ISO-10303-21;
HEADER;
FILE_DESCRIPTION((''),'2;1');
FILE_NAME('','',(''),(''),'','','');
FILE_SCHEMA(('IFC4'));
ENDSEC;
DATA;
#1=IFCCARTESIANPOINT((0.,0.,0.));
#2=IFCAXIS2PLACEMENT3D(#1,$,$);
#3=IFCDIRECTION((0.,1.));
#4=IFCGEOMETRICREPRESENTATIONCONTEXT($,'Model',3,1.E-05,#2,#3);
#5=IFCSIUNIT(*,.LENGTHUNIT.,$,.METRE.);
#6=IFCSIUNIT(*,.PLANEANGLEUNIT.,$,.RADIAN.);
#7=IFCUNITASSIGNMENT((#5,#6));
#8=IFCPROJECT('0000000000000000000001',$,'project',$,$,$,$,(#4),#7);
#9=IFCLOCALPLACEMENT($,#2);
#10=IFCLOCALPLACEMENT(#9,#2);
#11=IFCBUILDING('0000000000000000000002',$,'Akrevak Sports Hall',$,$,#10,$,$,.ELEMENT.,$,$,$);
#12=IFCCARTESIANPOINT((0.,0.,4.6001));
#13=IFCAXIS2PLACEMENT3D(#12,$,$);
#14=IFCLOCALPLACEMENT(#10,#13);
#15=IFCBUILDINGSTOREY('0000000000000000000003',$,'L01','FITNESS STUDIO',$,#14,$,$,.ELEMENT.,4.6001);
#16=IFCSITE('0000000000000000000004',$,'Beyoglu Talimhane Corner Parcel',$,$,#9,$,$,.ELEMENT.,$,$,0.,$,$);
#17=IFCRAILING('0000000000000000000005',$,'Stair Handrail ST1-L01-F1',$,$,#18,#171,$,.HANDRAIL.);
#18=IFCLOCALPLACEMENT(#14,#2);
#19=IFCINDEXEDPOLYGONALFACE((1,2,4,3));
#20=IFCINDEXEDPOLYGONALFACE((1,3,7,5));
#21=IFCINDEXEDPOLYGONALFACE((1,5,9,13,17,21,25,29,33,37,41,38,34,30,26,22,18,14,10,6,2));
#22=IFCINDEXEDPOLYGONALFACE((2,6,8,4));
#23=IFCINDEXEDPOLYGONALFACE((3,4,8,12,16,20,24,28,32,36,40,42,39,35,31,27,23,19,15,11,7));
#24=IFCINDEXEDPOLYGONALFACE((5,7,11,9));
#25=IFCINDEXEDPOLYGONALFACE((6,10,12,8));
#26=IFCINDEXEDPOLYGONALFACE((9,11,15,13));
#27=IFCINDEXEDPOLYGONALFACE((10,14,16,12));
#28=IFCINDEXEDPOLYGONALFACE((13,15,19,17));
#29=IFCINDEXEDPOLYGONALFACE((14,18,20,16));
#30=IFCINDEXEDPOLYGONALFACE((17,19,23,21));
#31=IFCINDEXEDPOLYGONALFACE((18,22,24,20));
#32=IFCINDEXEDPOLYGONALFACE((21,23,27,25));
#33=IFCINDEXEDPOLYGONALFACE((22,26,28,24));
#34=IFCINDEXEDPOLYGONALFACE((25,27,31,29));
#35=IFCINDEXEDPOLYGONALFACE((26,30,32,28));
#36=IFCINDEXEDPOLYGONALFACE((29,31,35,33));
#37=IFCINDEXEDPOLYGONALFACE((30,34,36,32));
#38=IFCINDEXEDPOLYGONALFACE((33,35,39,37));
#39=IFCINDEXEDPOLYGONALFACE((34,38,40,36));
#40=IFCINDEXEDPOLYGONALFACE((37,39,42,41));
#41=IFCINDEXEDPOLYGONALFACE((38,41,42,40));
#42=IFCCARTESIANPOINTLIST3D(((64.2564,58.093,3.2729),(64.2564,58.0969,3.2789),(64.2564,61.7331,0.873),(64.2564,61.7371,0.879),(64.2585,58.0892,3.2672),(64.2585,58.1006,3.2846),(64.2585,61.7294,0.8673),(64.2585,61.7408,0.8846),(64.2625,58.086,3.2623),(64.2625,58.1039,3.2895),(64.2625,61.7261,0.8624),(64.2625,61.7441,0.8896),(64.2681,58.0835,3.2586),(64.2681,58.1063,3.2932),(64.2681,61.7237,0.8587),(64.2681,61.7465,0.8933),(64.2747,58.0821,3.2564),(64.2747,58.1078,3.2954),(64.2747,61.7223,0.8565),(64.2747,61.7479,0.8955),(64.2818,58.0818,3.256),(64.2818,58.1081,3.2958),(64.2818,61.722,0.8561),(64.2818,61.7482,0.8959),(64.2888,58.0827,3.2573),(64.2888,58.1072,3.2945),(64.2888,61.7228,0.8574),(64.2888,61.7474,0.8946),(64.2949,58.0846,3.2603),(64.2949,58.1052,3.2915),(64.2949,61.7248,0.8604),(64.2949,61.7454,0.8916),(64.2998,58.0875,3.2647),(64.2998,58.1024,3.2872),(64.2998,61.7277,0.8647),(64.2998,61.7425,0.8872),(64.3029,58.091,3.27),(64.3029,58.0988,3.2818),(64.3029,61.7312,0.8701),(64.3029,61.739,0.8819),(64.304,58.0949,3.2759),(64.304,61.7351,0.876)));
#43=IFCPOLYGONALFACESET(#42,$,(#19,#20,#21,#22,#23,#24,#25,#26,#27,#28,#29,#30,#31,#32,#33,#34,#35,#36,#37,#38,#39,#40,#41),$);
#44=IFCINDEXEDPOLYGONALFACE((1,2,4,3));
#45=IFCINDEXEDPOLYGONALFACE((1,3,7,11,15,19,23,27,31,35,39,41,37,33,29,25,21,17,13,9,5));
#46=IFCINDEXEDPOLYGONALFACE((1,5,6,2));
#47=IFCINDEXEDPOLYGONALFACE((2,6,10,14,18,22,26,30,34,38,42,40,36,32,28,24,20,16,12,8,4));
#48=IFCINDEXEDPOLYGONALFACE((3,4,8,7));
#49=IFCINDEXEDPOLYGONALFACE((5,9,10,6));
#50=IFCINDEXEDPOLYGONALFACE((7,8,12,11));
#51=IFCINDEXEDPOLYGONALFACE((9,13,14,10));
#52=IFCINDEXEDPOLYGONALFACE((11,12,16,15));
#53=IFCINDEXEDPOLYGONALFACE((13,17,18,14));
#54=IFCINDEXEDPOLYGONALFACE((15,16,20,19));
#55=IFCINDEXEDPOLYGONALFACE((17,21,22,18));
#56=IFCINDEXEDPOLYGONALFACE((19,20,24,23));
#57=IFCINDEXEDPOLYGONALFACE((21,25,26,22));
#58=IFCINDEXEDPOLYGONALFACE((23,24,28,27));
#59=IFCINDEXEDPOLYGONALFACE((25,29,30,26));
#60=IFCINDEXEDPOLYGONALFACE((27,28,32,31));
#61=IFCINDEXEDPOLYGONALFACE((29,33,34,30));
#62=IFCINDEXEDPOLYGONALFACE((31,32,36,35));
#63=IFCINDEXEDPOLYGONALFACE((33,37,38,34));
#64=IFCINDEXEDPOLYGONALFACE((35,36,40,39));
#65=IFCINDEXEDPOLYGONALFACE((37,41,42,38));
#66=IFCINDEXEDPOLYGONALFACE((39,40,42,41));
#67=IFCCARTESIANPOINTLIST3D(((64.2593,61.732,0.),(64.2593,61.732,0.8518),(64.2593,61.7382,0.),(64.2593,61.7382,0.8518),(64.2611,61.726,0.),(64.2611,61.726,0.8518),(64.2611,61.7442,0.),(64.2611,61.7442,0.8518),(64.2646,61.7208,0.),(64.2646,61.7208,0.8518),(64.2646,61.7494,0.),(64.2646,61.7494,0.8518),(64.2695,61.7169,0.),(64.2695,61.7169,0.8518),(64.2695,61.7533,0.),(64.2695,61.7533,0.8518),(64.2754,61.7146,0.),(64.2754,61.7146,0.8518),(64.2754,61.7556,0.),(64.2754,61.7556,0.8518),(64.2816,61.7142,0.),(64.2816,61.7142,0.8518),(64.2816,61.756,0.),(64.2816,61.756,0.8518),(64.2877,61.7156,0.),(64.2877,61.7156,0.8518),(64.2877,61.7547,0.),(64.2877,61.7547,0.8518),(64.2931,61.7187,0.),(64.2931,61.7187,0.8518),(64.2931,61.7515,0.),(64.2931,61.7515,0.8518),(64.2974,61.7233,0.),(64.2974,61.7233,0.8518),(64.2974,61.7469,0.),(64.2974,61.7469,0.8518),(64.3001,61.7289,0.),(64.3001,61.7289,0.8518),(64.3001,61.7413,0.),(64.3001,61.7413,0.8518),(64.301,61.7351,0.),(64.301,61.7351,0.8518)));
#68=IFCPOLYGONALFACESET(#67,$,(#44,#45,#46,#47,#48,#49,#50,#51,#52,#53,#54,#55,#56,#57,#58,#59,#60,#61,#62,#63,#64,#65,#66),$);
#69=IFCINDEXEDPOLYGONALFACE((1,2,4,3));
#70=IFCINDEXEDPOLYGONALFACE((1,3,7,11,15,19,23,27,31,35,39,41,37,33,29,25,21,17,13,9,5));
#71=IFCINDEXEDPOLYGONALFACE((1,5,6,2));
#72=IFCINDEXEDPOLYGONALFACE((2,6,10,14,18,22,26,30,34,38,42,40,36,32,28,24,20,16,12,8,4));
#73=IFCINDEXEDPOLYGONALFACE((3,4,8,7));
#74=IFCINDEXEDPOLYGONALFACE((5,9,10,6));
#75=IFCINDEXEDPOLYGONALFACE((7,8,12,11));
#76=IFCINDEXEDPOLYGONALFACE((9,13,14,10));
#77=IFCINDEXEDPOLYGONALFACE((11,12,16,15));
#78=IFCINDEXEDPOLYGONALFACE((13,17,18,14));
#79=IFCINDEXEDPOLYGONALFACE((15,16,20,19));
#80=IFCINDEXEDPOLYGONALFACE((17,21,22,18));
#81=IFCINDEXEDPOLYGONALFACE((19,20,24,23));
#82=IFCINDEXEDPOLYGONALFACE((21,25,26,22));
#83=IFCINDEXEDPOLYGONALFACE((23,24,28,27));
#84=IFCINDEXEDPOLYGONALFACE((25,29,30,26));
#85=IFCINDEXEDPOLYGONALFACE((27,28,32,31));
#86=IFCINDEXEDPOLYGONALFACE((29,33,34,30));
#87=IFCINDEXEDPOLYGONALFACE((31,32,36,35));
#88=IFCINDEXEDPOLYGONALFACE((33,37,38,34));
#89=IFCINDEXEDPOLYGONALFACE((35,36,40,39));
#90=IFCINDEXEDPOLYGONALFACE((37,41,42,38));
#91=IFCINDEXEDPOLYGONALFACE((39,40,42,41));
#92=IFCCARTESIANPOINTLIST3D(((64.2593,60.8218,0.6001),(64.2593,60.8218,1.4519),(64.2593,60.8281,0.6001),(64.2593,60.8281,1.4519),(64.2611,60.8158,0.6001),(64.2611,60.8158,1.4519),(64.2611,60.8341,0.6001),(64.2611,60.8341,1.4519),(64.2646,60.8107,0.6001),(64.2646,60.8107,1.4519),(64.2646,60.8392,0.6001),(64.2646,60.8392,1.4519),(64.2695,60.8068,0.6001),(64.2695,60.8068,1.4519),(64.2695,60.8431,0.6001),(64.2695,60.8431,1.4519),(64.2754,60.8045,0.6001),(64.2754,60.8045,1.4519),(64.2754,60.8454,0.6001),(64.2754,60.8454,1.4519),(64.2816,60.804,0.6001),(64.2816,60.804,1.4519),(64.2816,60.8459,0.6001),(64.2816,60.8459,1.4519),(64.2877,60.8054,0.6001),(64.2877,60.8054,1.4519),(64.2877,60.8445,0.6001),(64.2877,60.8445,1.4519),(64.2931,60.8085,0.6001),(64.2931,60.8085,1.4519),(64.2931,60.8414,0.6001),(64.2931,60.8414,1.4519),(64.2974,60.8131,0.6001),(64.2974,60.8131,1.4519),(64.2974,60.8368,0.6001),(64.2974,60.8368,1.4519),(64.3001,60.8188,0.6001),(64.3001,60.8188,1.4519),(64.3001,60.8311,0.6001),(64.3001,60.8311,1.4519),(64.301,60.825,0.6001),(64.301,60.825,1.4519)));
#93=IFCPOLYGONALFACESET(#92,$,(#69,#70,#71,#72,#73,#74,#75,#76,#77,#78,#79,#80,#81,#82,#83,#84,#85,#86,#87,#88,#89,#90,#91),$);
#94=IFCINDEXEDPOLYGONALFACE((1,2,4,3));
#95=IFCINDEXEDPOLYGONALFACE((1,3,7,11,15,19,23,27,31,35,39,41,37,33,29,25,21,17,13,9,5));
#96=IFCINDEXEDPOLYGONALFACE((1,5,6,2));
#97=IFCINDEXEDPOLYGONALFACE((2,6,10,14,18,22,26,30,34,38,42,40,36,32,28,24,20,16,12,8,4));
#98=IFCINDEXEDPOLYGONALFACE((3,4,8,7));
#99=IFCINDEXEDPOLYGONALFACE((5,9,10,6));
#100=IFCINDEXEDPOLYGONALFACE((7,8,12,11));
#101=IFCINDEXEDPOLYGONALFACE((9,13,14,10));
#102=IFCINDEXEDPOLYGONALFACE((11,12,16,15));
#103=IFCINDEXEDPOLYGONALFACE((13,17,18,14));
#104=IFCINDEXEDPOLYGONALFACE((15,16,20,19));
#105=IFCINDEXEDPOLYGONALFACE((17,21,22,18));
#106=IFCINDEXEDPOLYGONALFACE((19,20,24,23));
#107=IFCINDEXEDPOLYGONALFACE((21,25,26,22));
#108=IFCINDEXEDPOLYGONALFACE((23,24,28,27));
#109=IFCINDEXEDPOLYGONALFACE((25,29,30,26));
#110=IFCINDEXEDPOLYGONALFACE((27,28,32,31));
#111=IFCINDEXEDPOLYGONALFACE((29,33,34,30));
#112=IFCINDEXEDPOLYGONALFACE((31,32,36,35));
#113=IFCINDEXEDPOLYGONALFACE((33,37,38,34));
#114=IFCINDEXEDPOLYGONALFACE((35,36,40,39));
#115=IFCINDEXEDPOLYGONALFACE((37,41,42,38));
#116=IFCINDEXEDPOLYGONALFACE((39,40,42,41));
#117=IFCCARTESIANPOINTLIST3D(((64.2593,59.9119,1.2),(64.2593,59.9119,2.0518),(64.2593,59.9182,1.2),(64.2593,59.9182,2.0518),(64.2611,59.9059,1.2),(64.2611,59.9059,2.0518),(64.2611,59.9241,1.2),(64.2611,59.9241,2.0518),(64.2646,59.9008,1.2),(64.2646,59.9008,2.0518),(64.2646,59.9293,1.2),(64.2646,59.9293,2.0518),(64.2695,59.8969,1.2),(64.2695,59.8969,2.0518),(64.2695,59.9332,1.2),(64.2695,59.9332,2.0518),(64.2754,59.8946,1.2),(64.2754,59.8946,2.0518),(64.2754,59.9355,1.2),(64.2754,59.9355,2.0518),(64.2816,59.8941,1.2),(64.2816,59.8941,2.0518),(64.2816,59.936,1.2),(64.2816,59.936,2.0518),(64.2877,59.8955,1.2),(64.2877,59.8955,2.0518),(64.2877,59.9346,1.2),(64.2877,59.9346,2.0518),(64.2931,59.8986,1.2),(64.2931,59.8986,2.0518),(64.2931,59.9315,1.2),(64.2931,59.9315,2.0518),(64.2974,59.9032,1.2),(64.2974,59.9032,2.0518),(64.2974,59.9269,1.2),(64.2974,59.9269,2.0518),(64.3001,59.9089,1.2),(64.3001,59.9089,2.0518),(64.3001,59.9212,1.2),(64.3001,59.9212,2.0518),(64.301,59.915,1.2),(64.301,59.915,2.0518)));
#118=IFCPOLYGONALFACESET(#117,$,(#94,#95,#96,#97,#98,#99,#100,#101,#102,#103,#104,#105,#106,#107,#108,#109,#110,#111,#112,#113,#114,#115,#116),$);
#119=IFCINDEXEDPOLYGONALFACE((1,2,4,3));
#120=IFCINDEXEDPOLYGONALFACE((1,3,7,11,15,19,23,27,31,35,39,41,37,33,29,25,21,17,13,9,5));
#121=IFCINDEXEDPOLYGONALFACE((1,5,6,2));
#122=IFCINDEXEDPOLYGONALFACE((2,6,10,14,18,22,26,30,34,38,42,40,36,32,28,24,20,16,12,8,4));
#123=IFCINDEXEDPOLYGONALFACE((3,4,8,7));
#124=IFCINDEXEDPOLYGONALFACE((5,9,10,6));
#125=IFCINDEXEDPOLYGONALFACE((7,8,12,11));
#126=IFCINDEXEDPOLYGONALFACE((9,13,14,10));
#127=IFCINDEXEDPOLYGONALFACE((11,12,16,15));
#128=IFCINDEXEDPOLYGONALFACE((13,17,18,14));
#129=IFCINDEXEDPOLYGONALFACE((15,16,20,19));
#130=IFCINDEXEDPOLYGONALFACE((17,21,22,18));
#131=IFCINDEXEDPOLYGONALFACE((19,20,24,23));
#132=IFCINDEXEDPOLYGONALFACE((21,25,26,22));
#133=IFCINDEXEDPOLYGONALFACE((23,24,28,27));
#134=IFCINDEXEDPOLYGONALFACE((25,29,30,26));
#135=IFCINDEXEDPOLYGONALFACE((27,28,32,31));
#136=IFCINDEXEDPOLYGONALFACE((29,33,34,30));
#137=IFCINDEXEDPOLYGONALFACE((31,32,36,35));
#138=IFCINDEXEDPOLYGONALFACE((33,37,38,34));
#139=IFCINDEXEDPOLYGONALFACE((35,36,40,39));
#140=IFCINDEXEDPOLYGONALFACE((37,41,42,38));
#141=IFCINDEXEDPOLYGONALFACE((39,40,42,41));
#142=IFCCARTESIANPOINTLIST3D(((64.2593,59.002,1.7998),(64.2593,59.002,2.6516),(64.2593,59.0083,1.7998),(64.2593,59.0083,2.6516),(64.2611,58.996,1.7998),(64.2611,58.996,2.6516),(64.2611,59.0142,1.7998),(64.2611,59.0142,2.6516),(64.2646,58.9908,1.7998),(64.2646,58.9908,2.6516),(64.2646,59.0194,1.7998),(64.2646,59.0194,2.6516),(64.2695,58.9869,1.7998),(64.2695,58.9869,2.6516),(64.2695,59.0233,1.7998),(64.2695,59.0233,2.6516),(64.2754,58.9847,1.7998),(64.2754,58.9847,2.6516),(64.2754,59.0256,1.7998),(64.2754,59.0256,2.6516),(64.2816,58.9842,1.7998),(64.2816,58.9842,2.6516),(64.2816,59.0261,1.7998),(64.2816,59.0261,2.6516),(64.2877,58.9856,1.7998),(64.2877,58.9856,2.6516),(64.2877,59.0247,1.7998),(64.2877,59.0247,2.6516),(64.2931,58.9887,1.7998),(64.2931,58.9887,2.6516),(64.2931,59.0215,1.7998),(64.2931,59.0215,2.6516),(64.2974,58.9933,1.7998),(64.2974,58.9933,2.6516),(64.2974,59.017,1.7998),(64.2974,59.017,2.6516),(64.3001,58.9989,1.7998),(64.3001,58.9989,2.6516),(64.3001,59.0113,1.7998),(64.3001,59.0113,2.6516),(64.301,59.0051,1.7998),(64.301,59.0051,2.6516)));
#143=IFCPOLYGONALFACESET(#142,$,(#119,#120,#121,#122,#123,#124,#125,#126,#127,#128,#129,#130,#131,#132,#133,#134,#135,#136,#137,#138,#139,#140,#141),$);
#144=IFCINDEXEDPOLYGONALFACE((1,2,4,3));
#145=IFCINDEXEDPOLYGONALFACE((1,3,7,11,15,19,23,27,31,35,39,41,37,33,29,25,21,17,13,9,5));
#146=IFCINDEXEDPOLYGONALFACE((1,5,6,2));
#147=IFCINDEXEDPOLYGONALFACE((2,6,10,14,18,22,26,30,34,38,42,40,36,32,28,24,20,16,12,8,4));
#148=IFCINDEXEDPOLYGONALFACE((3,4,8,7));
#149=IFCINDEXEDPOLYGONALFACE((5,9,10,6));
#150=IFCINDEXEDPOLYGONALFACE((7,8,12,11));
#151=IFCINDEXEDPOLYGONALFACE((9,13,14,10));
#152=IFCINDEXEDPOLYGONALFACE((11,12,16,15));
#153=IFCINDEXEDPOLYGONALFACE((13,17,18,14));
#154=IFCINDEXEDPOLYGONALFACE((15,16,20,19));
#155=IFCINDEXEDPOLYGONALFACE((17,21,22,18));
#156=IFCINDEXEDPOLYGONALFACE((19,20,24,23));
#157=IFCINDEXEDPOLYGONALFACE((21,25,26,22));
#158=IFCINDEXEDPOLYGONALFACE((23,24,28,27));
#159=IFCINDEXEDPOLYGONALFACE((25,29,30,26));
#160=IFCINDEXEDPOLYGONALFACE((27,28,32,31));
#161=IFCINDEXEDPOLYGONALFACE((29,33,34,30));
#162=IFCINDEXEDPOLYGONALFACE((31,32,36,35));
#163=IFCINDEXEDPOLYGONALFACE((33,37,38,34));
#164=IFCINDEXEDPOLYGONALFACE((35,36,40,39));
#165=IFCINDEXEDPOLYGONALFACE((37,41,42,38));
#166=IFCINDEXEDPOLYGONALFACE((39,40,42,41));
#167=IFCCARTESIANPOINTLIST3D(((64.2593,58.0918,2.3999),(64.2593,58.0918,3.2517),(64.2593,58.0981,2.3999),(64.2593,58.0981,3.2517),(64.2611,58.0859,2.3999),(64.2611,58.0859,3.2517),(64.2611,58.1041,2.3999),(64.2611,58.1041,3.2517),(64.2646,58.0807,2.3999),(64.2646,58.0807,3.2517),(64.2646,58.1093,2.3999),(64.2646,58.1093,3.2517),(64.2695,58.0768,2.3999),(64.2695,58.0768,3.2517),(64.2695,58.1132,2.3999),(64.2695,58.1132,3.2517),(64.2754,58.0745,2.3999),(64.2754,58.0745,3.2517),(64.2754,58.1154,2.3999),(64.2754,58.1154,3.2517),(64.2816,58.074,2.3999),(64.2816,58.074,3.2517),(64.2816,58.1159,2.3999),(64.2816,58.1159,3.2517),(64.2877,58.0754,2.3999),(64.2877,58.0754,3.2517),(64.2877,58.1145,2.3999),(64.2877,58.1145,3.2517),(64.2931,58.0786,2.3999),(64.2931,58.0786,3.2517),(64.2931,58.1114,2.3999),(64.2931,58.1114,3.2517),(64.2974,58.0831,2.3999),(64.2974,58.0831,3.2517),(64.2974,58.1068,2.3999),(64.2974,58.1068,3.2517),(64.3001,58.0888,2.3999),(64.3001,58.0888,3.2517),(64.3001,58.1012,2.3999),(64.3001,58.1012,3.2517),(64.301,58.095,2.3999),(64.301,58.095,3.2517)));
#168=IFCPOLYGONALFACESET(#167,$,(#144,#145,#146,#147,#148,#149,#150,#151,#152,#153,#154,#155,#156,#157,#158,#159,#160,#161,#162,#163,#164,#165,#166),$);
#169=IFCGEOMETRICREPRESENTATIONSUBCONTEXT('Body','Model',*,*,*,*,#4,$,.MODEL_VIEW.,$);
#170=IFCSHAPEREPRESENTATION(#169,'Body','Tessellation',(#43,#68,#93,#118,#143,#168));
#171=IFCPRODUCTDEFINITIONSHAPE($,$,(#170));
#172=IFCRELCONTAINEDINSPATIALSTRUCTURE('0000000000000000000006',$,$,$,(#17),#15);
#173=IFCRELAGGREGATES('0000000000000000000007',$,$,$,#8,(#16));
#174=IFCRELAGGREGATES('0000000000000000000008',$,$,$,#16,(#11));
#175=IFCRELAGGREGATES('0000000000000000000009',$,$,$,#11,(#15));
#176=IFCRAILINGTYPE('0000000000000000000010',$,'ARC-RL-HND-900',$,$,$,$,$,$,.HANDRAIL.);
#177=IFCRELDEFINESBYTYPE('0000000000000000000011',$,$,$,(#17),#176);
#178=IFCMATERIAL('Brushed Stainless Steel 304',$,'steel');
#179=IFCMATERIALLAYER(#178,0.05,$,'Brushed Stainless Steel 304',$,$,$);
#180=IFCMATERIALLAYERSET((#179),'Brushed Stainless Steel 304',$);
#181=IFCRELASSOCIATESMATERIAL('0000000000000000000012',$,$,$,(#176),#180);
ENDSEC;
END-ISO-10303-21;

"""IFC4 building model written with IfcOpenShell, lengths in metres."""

from ifc_helpers import new_model, si_unit, direction, frame, origin, origin_2d, place, context, subcontext, project, spatial, circle, extrude, material, layer, layer_set, type_object, element, save


model = new_model("IFC4")

# Units and contexts
model_context = context("Model", 3, precision=1e-05, world=origin(), true_north=direction((0.0, 1.0)))
body_context = subcontext(model_context, "Body", "Model", "MODEL_VIEW")
ifc_project = project(units=[si_unit("LENGTHUNIT", "METRE"), si_unit("PLANEANGLEUNIT", "RADIAN")], contexts=[model_context])

# Site, building, storey
site_placement = place(None, origin())
site = spatial("IfcSite", under=ifc_project, at=site_placement, Name="Beyoglu Talimhane Corner Parcel", CompositionType="ELEMENT", RefElevation=0.0)
building_placement = place(site_placement, origin())
building = spatial("IfcBuilding", under=site, at=building_placement, Name="Akrevak Sports Hall", CompositionType="ELEMENT")
storey_placement = place(building_placement, frame((0.0, 0.0, 4.6001)))
storey = spatial("IfcBuildingStorey", under=building, at=storey_placement, Name="L01", Description="FITNESS STUDIO", CompositionType="ELEMENT", Elevation=4.6001)

# Shared definitions
ifc_material_1 = material(Name="Brushed Stainless Steel 304", Category="steel")

# Railing
ifc_layer_1 = layer(ifc_material_1, 0.05, Name="Brushed Stainless Steel 304")
ifc_layer_set_1 = layer_set([ifc_layer_1], Name="Brushed Stainless Steel 304")
railing_type_1 = type_object("IfcRailingType", Name="ARC-RL-HND-900", PredefinedType="HANDRAIL", material=ifc_layer_set_1)
railing_1_placement = place(storey_placement, frame((64.28, 61.7351, 0.0)))
element("IfcRailing", 1, at=railing_1_placement, inside=storey, type_object=railing_type_1, Name="Stair Handrail ST1-L01-F1", PredefinedType="HANDRAIL", context=body_context, shape_type="SweptSolid", body=[
    extrude(circle(Radius=0.0239, at=origin_2d()), frame((0.0, 0.0, 0.876), z_axis=(0.0, -0.834882, 0.550429), x_axis=(1.0, 0.0, 0.0)), (0.0, 0.0, 1.0), 4.3601),
    extrude(circle(Radius=0.021, at=origin_2d()), origin(), (0.0, 0.0, 1.0), 0.8518),
    extrude(circle(Radius=0.021, at=origin_2d()), frame((0.0, -0.9102, 0.6001)), (0.0, 0.0, 1.0), 0.8518),
    extrude(circle(Radius=0.021, at=origin_2d()), frame((0.0, -1.8201, 1.2)), (0.0, 0.0, 1.0), 0.8518),
    extrude(circle(Radius=0.021, at=origin_2d()), frame((0.0, -2.73, 1.7998)), (0.0, 0.0, 1.0), 0.8518),
    extrude(circle(Radius=0.021, at=origin_2d()), frame((0.0, -3.6401, 2.3999)), (0.0, 0.0, 1.0), 0.8518),
])

save(model, "model.ifc")
